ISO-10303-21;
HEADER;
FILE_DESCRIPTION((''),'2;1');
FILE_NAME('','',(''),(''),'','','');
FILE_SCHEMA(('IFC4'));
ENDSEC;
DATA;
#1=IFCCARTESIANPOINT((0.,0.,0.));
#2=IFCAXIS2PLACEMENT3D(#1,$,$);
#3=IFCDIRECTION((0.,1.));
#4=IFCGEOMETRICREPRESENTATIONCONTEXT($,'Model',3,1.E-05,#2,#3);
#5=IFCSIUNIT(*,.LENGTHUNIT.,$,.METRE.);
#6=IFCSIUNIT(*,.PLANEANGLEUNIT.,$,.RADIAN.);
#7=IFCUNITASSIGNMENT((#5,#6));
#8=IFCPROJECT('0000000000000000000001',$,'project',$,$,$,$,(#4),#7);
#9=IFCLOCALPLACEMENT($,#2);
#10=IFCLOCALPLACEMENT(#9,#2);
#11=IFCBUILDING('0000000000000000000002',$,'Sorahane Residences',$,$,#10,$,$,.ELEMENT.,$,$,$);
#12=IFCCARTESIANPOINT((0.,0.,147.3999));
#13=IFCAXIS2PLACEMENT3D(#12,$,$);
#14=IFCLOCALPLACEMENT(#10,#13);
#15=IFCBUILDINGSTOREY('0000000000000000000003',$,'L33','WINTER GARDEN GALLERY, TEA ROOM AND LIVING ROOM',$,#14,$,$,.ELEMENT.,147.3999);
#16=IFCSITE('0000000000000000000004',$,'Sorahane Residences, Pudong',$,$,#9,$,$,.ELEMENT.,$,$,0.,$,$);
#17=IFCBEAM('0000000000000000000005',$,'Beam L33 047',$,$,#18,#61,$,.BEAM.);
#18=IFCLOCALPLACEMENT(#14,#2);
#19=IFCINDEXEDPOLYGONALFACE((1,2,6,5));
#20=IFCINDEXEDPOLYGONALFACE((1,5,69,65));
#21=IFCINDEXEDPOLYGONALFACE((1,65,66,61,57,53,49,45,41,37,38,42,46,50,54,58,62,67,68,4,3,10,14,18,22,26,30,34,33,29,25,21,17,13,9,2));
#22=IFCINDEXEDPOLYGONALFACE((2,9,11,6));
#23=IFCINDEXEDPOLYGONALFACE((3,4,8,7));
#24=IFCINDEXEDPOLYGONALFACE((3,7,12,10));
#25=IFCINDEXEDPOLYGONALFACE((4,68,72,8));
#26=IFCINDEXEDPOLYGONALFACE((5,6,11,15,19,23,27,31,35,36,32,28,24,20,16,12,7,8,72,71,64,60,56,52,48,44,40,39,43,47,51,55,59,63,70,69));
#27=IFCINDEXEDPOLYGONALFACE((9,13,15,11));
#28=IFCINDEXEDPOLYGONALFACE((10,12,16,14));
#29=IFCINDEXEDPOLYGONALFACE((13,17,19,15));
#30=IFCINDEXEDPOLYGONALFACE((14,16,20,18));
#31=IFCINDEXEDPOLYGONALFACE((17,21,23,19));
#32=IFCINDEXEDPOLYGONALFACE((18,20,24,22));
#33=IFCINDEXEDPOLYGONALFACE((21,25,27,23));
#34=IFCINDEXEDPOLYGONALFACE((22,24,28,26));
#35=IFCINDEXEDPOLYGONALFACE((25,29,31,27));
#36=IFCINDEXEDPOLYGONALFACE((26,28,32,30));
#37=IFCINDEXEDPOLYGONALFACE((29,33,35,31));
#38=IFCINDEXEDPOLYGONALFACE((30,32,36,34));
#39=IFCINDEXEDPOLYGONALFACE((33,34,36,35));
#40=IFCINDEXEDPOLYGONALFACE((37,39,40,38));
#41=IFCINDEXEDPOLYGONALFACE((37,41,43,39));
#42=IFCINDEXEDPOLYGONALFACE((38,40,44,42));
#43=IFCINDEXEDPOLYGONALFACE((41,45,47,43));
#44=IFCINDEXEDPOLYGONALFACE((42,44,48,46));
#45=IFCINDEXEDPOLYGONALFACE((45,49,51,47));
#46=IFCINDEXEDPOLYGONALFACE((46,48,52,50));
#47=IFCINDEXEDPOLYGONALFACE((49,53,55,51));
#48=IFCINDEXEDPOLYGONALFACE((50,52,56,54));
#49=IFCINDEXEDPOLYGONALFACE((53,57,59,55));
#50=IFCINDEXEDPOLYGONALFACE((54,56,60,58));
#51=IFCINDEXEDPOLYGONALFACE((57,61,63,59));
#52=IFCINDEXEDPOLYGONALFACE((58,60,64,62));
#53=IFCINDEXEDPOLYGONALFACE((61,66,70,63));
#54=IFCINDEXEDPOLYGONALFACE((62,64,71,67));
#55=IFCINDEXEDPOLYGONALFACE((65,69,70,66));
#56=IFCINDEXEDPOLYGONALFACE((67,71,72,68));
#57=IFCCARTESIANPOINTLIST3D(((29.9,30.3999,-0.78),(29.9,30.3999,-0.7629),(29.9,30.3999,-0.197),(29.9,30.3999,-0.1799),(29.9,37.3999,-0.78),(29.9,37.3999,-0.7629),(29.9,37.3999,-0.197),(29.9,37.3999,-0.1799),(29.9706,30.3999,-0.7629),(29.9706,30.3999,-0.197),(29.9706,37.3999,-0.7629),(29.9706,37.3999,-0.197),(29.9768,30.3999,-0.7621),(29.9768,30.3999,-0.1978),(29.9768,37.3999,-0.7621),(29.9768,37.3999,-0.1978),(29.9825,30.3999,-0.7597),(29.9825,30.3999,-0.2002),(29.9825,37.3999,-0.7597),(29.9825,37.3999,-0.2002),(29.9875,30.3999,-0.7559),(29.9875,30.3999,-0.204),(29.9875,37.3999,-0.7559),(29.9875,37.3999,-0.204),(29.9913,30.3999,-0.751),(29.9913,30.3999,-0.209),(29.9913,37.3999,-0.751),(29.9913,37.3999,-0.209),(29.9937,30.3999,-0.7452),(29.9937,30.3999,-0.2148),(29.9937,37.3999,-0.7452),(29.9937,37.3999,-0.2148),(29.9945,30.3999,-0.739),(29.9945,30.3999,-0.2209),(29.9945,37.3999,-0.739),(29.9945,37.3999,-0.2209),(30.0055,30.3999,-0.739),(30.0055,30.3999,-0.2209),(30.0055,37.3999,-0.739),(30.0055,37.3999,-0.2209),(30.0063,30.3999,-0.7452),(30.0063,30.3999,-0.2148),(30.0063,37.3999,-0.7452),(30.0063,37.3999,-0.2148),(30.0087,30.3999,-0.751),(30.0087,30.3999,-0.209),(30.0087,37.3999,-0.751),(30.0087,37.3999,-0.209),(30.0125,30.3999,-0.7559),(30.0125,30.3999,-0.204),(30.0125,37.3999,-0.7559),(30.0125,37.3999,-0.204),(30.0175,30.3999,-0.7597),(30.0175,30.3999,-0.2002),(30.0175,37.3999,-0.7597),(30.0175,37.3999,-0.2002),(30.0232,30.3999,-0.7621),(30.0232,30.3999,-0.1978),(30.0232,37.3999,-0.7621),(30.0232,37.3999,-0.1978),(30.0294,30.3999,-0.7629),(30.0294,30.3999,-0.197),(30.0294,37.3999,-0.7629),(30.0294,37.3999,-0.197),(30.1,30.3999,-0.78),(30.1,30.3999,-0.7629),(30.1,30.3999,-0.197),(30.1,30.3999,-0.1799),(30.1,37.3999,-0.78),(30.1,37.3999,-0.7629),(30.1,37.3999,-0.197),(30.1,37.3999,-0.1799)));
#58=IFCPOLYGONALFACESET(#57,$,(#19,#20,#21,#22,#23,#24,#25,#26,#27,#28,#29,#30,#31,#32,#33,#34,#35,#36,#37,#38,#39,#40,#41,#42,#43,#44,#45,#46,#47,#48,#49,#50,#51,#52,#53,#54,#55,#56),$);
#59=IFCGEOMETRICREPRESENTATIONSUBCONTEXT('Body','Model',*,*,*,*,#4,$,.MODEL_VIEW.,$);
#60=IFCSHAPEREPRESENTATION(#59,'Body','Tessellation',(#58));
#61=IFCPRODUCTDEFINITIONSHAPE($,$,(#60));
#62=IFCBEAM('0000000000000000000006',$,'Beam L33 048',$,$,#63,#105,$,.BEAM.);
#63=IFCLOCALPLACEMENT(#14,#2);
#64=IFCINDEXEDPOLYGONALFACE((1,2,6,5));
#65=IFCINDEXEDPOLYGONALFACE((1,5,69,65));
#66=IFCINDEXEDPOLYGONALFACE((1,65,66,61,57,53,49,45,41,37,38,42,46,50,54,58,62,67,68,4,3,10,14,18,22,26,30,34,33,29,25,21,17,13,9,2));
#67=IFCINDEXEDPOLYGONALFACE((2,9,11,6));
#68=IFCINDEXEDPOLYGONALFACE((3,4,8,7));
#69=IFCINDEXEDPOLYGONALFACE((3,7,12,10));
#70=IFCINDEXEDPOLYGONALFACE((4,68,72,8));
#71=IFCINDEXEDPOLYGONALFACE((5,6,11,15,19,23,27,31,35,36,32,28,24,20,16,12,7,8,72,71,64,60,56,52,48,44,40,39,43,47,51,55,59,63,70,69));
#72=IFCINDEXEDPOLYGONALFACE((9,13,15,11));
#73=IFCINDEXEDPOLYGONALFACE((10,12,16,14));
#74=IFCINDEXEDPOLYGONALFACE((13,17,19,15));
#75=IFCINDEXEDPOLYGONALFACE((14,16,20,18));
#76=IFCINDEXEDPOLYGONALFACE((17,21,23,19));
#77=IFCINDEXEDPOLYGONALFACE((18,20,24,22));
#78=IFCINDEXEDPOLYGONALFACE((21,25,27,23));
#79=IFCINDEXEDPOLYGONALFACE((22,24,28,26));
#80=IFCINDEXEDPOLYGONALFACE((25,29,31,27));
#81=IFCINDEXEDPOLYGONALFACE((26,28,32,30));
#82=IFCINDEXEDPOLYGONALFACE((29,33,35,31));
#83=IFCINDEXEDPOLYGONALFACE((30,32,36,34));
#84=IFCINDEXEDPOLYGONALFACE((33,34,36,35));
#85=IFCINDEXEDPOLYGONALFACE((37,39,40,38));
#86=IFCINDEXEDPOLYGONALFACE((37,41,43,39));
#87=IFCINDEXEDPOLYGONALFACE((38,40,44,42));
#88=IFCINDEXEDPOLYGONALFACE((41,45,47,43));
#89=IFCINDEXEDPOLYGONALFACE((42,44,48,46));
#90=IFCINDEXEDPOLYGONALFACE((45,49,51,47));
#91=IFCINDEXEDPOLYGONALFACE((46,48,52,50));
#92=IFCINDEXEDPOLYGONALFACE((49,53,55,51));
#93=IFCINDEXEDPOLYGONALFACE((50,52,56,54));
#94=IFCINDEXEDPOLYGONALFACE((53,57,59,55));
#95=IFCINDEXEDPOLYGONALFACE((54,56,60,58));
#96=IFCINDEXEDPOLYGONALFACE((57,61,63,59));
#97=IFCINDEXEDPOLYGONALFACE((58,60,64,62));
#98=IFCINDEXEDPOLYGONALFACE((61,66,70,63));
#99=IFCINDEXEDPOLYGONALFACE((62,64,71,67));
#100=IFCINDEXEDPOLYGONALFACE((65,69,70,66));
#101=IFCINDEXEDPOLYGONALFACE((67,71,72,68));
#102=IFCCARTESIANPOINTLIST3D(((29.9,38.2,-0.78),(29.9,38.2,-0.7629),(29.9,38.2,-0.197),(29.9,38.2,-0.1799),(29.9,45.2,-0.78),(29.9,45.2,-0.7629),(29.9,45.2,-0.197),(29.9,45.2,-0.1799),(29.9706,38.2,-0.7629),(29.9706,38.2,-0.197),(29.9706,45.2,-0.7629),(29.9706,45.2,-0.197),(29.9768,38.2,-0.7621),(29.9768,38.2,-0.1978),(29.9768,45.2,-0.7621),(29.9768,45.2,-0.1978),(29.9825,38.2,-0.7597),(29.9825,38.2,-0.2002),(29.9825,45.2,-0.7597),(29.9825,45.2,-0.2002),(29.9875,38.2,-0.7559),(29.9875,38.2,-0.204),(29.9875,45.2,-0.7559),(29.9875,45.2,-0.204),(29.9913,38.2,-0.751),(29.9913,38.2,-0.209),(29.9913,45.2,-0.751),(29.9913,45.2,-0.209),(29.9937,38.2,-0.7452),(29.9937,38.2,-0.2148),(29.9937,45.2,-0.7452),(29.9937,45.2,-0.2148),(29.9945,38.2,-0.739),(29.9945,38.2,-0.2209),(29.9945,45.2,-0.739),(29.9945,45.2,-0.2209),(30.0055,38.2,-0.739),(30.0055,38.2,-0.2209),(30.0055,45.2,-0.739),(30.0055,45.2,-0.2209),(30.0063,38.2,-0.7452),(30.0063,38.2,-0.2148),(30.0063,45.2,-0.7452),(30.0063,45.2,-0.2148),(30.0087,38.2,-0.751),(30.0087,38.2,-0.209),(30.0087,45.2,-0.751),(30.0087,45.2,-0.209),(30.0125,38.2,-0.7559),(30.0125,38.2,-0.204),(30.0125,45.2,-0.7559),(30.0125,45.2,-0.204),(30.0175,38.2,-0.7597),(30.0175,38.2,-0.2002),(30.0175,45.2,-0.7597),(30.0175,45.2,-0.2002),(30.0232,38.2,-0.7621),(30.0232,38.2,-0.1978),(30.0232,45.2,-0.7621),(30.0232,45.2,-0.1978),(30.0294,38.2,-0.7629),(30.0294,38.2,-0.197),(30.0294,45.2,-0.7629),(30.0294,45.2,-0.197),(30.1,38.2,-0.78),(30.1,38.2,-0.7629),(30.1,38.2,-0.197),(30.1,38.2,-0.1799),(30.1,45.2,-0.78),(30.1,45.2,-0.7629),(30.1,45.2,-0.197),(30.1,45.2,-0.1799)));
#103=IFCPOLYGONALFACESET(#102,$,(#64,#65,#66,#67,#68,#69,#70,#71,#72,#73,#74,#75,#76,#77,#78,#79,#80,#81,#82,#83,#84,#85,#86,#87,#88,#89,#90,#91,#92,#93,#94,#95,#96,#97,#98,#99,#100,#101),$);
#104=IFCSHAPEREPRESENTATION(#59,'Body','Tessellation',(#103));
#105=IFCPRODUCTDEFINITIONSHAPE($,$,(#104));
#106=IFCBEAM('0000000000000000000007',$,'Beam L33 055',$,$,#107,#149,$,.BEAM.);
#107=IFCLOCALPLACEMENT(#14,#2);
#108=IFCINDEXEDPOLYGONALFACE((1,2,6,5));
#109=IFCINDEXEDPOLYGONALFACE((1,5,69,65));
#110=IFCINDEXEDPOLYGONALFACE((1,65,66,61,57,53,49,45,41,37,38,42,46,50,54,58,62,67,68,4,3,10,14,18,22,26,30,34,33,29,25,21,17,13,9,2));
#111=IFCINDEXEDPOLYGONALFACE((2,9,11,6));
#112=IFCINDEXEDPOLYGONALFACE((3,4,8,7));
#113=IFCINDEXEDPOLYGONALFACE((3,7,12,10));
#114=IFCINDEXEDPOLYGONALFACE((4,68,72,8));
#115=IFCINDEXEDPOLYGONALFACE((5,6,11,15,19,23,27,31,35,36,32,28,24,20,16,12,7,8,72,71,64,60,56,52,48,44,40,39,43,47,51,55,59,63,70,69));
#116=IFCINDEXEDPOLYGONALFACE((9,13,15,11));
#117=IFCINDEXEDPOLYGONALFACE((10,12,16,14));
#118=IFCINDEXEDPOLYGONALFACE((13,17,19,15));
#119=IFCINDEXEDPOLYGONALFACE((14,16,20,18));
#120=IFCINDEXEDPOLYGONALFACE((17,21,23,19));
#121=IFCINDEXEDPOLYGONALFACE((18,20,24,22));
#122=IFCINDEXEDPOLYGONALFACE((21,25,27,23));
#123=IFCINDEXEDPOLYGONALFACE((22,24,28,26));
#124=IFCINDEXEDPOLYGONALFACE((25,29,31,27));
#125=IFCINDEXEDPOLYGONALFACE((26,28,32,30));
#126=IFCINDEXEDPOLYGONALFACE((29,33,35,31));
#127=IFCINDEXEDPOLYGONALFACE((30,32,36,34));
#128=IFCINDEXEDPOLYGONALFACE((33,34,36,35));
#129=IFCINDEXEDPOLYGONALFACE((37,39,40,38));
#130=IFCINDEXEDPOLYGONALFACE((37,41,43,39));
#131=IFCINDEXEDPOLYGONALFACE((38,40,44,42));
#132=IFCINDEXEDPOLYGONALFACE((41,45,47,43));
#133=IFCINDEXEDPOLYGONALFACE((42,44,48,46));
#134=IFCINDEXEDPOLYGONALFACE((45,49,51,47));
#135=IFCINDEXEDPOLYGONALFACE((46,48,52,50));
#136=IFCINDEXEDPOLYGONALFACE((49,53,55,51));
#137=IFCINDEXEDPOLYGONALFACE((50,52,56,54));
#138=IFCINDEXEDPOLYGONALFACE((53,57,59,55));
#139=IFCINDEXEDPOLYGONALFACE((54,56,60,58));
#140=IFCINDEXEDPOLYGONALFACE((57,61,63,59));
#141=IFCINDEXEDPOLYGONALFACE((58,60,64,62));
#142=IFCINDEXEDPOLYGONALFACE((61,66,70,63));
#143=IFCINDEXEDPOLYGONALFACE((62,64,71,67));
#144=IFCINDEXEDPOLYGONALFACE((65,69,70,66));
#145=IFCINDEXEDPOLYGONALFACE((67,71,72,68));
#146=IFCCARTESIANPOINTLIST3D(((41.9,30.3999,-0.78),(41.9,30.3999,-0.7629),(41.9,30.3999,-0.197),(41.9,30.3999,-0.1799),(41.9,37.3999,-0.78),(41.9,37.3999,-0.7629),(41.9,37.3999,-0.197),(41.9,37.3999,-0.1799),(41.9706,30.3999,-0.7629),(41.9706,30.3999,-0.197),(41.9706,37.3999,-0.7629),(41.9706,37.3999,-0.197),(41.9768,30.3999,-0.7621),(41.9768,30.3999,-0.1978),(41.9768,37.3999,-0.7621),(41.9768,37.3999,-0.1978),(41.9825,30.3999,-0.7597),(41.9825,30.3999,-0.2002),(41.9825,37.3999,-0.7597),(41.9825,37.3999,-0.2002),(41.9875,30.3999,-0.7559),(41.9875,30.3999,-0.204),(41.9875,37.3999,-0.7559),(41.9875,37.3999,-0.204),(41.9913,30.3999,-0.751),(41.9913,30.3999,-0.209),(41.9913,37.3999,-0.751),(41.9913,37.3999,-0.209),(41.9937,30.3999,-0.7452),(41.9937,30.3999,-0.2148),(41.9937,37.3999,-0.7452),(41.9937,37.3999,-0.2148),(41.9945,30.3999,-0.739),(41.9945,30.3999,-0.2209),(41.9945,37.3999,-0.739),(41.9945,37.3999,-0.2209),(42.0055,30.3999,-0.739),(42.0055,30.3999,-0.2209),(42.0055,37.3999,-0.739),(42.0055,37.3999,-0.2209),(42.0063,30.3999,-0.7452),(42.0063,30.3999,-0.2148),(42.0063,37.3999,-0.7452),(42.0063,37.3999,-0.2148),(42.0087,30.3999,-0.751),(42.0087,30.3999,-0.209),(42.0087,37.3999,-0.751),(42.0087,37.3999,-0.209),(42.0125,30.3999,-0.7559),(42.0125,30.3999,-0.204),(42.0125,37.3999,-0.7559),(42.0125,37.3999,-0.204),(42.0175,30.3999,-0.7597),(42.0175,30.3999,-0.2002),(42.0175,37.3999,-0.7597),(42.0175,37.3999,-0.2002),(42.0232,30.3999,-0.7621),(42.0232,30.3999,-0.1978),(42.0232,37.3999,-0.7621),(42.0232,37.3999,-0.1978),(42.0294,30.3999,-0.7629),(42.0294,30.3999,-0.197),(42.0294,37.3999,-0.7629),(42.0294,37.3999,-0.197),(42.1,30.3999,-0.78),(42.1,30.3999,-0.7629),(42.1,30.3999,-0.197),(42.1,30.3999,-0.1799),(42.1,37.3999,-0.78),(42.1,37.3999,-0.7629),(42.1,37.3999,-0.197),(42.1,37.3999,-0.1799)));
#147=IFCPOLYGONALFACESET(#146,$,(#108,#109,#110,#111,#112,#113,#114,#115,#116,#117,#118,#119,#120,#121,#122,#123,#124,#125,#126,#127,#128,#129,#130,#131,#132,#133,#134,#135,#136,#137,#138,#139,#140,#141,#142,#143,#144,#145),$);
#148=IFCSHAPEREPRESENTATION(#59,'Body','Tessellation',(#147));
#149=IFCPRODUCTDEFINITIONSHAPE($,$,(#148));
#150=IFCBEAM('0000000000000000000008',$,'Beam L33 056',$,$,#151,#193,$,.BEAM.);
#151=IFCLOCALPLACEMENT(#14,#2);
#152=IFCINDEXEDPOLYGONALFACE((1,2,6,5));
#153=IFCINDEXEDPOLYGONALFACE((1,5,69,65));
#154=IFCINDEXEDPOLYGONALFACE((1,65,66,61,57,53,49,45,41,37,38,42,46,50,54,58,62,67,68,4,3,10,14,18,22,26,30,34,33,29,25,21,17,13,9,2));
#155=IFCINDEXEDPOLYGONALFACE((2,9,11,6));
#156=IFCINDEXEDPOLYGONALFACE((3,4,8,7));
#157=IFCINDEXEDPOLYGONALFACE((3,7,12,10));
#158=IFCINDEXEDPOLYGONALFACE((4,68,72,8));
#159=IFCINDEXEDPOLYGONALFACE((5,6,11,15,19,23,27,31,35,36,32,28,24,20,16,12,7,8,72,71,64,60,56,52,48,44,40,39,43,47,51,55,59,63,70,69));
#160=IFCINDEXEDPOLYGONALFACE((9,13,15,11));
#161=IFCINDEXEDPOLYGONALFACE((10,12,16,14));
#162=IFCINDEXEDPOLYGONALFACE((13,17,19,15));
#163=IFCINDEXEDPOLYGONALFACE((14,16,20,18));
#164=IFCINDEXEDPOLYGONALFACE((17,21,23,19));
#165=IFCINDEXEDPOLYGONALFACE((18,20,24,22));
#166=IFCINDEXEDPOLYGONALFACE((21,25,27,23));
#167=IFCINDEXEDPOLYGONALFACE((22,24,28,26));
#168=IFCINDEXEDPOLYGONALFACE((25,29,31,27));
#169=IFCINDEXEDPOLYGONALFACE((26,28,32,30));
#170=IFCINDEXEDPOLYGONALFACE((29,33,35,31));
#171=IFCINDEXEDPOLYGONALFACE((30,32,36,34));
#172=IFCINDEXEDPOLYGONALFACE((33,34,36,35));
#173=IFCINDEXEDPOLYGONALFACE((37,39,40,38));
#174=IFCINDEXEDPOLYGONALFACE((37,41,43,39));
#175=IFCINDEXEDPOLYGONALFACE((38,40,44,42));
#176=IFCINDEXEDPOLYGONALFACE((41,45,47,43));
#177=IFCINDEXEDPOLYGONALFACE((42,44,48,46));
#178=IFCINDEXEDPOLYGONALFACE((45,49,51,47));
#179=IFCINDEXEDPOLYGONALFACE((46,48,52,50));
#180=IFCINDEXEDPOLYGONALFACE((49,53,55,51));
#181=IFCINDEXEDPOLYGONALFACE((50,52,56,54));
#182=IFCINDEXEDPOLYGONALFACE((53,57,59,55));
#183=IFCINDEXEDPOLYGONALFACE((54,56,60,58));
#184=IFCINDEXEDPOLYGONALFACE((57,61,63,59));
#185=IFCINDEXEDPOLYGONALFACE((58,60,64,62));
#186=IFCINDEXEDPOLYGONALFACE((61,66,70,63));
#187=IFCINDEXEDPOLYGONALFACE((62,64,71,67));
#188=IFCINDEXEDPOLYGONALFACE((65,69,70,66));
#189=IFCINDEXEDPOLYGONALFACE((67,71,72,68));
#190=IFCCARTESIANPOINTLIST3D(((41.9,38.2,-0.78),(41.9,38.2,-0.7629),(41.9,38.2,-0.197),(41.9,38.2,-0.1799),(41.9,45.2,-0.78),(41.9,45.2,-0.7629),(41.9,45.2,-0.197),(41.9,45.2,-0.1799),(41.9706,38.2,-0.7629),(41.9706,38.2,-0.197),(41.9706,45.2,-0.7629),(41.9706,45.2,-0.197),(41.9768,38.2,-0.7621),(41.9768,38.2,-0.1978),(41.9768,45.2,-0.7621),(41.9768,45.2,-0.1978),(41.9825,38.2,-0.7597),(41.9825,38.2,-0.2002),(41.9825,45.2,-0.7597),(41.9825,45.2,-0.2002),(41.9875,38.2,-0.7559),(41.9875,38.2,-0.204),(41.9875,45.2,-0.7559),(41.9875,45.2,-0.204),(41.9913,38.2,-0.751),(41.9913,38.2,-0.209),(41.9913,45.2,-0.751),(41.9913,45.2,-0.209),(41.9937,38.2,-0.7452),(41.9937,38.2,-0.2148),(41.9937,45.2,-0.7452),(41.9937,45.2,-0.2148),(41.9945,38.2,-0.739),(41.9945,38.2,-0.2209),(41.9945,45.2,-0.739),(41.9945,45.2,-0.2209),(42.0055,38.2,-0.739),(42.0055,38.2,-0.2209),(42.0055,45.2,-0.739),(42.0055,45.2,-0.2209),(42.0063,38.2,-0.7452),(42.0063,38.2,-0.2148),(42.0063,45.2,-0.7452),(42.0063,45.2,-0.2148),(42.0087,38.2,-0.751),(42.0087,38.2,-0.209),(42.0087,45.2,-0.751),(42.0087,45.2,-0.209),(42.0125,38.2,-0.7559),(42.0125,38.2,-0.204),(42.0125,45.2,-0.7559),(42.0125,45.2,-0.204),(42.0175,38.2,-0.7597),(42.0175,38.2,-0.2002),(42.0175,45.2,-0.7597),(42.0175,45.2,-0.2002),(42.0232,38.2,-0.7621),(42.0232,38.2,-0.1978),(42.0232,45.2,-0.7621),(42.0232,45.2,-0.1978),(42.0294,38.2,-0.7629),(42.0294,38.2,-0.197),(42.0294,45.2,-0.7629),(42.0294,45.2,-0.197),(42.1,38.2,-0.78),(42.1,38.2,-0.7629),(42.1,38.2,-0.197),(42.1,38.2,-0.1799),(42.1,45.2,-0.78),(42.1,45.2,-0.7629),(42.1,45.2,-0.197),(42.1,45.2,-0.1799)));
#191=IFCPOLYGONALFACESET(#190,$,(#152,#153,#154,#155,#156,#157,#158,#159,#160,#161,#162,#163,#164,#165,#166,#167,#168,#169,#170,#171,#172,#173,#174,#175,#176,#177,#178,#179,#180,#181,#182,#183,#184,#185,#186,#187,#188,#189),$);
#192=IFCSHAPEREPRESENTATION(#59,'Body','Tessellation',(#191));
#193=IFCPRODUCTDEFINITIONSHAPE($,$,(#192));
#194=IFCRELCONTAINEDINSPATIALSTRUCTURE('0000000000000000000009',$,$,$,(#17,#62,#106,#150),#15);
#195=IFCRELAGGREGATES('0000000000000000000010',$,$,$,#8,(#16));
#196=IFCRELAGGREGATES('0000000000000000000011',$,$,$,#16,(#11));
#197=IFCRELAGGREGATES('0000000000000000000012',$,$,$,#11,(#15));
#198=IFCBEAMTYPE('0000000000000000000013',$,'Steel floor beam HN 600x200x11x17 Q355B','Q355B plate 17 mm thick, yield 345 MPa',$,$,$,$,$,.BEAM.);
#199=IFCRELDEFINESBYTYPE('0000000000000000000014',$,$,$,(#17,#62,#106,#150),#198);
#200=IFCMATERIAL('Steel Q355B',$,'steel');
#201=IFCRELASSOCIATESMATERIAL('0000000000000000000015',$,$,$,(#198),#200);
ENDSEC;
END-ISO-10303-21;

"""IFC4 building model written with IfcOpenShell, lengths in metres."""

from ifc_helpers import new_model, si_unit, direction, frame, origin, origin_2d, place, context, subcontext, project, spatial, i_section, extrude, material, material_profile, profile_set, type_object, element, save


model = new_model("IFC4")

# Units and contexts
model_context = context("Model", 3, precision=1e-05, world=origin(), true_north=direction((0.0, 1.0)))
body_context = subcontext(model_context, "Body", "Model", "MODEL_VIEW")
ifc_project = project(units=[si_unit("LENGTHUNIT", "METRE"), si_unit("PLANEANGLEUNIT", "RADIAN")], contexts=[model_context])

# Site, building, storey
site_placement = place(None, origin())
site = spatial("IfcSite", under=ifc_project, at=site_placement, Name="Sorahane Residences, Pudong", CompositionType="ELEMENT", RefElevation=0.0)
building_placement = place(site_placement, origin())
building = spatial("IfcBuilding", under=site, at=building_placement, Name="Sorahane Residences", CompositionType="ELEMENT")
storey_placement = place(building_placement, frame((0.0, 0.0, 147.3999)))
storey = spatial("IfcBuildingStorey", under=building, at=storey_placement, Name="L33", Description="WINTER GARDEN GALLERY, TEA ROOM AND LIVING ROOM", CompositionType="ELEMENT", Elevation=147.3999)

# Beams
ifc_material_1 = material(Name="Steel Q355B", Category="steel")
ifc_material_profile_1 = material_profile(ifc_material_1, i_section(OverallWidth=0.2, OverallDepth=0.6001, WebThickness=0.011, FlangeThickness=0.0171, FilletRadius=0.0239, at=origin_2d()), Name="HN 600x200x11x17")
ifc_profile_set_1 = profile_set([ifc_material_profile_1], Name="Steel Q355B")
beam_type_1 = type_object("IfcBeamType", Name="Steel floor beam HN 600x200x11x17 Q355B", Description="Q355B plate 17 mm thick, yield 345 MPa", PredefinedType="BEAM", material=ifc_profile_set_1)
for number, where, z_axis, x_axis, name in (
    (1, (30.0, 30.3999, -0.48), (0.0, 1.0, 0.0), (-1.0, 0.0, 0.0), "Beam L33 047"),
    (2, (30.0, 38.2, -0.48), (0.0, 1.0, 0.0), (-1.0, 0.0, 0.0), "Beam L33 048"),
    (3, (42.0, 30.3999, -0.48), (0.0, 1.0, 0.0), (-1.0, 0.0, 0.0), "Beam L33 055"),
    (4, (42.0, 38.2, -0.48), (0.0, 1.0, 0.0), (-1.0, 0.0, 0.0), "Beam L33 056"),
):
    element("IfcBeam", number, at=place(storey_placement, frame(where, z_axis=z_axis, x_axis=x_axis)), inside=storey, type_object=beam_type_1, Name=name, PredefinedType="BEAM", context=body_context, shape_type="SweptSolid", body=[
        extrude(i_section(OverallWidth=0.2, OverallDepth=0.6001, WebThickness=0.011, FlangeThickness=0.0171, FilletRadius=0.0239, at=origin_2d()), origin(), (0.0, 0.0, 1.0), 7.0),
    ])

save(model, "model.ifc")
